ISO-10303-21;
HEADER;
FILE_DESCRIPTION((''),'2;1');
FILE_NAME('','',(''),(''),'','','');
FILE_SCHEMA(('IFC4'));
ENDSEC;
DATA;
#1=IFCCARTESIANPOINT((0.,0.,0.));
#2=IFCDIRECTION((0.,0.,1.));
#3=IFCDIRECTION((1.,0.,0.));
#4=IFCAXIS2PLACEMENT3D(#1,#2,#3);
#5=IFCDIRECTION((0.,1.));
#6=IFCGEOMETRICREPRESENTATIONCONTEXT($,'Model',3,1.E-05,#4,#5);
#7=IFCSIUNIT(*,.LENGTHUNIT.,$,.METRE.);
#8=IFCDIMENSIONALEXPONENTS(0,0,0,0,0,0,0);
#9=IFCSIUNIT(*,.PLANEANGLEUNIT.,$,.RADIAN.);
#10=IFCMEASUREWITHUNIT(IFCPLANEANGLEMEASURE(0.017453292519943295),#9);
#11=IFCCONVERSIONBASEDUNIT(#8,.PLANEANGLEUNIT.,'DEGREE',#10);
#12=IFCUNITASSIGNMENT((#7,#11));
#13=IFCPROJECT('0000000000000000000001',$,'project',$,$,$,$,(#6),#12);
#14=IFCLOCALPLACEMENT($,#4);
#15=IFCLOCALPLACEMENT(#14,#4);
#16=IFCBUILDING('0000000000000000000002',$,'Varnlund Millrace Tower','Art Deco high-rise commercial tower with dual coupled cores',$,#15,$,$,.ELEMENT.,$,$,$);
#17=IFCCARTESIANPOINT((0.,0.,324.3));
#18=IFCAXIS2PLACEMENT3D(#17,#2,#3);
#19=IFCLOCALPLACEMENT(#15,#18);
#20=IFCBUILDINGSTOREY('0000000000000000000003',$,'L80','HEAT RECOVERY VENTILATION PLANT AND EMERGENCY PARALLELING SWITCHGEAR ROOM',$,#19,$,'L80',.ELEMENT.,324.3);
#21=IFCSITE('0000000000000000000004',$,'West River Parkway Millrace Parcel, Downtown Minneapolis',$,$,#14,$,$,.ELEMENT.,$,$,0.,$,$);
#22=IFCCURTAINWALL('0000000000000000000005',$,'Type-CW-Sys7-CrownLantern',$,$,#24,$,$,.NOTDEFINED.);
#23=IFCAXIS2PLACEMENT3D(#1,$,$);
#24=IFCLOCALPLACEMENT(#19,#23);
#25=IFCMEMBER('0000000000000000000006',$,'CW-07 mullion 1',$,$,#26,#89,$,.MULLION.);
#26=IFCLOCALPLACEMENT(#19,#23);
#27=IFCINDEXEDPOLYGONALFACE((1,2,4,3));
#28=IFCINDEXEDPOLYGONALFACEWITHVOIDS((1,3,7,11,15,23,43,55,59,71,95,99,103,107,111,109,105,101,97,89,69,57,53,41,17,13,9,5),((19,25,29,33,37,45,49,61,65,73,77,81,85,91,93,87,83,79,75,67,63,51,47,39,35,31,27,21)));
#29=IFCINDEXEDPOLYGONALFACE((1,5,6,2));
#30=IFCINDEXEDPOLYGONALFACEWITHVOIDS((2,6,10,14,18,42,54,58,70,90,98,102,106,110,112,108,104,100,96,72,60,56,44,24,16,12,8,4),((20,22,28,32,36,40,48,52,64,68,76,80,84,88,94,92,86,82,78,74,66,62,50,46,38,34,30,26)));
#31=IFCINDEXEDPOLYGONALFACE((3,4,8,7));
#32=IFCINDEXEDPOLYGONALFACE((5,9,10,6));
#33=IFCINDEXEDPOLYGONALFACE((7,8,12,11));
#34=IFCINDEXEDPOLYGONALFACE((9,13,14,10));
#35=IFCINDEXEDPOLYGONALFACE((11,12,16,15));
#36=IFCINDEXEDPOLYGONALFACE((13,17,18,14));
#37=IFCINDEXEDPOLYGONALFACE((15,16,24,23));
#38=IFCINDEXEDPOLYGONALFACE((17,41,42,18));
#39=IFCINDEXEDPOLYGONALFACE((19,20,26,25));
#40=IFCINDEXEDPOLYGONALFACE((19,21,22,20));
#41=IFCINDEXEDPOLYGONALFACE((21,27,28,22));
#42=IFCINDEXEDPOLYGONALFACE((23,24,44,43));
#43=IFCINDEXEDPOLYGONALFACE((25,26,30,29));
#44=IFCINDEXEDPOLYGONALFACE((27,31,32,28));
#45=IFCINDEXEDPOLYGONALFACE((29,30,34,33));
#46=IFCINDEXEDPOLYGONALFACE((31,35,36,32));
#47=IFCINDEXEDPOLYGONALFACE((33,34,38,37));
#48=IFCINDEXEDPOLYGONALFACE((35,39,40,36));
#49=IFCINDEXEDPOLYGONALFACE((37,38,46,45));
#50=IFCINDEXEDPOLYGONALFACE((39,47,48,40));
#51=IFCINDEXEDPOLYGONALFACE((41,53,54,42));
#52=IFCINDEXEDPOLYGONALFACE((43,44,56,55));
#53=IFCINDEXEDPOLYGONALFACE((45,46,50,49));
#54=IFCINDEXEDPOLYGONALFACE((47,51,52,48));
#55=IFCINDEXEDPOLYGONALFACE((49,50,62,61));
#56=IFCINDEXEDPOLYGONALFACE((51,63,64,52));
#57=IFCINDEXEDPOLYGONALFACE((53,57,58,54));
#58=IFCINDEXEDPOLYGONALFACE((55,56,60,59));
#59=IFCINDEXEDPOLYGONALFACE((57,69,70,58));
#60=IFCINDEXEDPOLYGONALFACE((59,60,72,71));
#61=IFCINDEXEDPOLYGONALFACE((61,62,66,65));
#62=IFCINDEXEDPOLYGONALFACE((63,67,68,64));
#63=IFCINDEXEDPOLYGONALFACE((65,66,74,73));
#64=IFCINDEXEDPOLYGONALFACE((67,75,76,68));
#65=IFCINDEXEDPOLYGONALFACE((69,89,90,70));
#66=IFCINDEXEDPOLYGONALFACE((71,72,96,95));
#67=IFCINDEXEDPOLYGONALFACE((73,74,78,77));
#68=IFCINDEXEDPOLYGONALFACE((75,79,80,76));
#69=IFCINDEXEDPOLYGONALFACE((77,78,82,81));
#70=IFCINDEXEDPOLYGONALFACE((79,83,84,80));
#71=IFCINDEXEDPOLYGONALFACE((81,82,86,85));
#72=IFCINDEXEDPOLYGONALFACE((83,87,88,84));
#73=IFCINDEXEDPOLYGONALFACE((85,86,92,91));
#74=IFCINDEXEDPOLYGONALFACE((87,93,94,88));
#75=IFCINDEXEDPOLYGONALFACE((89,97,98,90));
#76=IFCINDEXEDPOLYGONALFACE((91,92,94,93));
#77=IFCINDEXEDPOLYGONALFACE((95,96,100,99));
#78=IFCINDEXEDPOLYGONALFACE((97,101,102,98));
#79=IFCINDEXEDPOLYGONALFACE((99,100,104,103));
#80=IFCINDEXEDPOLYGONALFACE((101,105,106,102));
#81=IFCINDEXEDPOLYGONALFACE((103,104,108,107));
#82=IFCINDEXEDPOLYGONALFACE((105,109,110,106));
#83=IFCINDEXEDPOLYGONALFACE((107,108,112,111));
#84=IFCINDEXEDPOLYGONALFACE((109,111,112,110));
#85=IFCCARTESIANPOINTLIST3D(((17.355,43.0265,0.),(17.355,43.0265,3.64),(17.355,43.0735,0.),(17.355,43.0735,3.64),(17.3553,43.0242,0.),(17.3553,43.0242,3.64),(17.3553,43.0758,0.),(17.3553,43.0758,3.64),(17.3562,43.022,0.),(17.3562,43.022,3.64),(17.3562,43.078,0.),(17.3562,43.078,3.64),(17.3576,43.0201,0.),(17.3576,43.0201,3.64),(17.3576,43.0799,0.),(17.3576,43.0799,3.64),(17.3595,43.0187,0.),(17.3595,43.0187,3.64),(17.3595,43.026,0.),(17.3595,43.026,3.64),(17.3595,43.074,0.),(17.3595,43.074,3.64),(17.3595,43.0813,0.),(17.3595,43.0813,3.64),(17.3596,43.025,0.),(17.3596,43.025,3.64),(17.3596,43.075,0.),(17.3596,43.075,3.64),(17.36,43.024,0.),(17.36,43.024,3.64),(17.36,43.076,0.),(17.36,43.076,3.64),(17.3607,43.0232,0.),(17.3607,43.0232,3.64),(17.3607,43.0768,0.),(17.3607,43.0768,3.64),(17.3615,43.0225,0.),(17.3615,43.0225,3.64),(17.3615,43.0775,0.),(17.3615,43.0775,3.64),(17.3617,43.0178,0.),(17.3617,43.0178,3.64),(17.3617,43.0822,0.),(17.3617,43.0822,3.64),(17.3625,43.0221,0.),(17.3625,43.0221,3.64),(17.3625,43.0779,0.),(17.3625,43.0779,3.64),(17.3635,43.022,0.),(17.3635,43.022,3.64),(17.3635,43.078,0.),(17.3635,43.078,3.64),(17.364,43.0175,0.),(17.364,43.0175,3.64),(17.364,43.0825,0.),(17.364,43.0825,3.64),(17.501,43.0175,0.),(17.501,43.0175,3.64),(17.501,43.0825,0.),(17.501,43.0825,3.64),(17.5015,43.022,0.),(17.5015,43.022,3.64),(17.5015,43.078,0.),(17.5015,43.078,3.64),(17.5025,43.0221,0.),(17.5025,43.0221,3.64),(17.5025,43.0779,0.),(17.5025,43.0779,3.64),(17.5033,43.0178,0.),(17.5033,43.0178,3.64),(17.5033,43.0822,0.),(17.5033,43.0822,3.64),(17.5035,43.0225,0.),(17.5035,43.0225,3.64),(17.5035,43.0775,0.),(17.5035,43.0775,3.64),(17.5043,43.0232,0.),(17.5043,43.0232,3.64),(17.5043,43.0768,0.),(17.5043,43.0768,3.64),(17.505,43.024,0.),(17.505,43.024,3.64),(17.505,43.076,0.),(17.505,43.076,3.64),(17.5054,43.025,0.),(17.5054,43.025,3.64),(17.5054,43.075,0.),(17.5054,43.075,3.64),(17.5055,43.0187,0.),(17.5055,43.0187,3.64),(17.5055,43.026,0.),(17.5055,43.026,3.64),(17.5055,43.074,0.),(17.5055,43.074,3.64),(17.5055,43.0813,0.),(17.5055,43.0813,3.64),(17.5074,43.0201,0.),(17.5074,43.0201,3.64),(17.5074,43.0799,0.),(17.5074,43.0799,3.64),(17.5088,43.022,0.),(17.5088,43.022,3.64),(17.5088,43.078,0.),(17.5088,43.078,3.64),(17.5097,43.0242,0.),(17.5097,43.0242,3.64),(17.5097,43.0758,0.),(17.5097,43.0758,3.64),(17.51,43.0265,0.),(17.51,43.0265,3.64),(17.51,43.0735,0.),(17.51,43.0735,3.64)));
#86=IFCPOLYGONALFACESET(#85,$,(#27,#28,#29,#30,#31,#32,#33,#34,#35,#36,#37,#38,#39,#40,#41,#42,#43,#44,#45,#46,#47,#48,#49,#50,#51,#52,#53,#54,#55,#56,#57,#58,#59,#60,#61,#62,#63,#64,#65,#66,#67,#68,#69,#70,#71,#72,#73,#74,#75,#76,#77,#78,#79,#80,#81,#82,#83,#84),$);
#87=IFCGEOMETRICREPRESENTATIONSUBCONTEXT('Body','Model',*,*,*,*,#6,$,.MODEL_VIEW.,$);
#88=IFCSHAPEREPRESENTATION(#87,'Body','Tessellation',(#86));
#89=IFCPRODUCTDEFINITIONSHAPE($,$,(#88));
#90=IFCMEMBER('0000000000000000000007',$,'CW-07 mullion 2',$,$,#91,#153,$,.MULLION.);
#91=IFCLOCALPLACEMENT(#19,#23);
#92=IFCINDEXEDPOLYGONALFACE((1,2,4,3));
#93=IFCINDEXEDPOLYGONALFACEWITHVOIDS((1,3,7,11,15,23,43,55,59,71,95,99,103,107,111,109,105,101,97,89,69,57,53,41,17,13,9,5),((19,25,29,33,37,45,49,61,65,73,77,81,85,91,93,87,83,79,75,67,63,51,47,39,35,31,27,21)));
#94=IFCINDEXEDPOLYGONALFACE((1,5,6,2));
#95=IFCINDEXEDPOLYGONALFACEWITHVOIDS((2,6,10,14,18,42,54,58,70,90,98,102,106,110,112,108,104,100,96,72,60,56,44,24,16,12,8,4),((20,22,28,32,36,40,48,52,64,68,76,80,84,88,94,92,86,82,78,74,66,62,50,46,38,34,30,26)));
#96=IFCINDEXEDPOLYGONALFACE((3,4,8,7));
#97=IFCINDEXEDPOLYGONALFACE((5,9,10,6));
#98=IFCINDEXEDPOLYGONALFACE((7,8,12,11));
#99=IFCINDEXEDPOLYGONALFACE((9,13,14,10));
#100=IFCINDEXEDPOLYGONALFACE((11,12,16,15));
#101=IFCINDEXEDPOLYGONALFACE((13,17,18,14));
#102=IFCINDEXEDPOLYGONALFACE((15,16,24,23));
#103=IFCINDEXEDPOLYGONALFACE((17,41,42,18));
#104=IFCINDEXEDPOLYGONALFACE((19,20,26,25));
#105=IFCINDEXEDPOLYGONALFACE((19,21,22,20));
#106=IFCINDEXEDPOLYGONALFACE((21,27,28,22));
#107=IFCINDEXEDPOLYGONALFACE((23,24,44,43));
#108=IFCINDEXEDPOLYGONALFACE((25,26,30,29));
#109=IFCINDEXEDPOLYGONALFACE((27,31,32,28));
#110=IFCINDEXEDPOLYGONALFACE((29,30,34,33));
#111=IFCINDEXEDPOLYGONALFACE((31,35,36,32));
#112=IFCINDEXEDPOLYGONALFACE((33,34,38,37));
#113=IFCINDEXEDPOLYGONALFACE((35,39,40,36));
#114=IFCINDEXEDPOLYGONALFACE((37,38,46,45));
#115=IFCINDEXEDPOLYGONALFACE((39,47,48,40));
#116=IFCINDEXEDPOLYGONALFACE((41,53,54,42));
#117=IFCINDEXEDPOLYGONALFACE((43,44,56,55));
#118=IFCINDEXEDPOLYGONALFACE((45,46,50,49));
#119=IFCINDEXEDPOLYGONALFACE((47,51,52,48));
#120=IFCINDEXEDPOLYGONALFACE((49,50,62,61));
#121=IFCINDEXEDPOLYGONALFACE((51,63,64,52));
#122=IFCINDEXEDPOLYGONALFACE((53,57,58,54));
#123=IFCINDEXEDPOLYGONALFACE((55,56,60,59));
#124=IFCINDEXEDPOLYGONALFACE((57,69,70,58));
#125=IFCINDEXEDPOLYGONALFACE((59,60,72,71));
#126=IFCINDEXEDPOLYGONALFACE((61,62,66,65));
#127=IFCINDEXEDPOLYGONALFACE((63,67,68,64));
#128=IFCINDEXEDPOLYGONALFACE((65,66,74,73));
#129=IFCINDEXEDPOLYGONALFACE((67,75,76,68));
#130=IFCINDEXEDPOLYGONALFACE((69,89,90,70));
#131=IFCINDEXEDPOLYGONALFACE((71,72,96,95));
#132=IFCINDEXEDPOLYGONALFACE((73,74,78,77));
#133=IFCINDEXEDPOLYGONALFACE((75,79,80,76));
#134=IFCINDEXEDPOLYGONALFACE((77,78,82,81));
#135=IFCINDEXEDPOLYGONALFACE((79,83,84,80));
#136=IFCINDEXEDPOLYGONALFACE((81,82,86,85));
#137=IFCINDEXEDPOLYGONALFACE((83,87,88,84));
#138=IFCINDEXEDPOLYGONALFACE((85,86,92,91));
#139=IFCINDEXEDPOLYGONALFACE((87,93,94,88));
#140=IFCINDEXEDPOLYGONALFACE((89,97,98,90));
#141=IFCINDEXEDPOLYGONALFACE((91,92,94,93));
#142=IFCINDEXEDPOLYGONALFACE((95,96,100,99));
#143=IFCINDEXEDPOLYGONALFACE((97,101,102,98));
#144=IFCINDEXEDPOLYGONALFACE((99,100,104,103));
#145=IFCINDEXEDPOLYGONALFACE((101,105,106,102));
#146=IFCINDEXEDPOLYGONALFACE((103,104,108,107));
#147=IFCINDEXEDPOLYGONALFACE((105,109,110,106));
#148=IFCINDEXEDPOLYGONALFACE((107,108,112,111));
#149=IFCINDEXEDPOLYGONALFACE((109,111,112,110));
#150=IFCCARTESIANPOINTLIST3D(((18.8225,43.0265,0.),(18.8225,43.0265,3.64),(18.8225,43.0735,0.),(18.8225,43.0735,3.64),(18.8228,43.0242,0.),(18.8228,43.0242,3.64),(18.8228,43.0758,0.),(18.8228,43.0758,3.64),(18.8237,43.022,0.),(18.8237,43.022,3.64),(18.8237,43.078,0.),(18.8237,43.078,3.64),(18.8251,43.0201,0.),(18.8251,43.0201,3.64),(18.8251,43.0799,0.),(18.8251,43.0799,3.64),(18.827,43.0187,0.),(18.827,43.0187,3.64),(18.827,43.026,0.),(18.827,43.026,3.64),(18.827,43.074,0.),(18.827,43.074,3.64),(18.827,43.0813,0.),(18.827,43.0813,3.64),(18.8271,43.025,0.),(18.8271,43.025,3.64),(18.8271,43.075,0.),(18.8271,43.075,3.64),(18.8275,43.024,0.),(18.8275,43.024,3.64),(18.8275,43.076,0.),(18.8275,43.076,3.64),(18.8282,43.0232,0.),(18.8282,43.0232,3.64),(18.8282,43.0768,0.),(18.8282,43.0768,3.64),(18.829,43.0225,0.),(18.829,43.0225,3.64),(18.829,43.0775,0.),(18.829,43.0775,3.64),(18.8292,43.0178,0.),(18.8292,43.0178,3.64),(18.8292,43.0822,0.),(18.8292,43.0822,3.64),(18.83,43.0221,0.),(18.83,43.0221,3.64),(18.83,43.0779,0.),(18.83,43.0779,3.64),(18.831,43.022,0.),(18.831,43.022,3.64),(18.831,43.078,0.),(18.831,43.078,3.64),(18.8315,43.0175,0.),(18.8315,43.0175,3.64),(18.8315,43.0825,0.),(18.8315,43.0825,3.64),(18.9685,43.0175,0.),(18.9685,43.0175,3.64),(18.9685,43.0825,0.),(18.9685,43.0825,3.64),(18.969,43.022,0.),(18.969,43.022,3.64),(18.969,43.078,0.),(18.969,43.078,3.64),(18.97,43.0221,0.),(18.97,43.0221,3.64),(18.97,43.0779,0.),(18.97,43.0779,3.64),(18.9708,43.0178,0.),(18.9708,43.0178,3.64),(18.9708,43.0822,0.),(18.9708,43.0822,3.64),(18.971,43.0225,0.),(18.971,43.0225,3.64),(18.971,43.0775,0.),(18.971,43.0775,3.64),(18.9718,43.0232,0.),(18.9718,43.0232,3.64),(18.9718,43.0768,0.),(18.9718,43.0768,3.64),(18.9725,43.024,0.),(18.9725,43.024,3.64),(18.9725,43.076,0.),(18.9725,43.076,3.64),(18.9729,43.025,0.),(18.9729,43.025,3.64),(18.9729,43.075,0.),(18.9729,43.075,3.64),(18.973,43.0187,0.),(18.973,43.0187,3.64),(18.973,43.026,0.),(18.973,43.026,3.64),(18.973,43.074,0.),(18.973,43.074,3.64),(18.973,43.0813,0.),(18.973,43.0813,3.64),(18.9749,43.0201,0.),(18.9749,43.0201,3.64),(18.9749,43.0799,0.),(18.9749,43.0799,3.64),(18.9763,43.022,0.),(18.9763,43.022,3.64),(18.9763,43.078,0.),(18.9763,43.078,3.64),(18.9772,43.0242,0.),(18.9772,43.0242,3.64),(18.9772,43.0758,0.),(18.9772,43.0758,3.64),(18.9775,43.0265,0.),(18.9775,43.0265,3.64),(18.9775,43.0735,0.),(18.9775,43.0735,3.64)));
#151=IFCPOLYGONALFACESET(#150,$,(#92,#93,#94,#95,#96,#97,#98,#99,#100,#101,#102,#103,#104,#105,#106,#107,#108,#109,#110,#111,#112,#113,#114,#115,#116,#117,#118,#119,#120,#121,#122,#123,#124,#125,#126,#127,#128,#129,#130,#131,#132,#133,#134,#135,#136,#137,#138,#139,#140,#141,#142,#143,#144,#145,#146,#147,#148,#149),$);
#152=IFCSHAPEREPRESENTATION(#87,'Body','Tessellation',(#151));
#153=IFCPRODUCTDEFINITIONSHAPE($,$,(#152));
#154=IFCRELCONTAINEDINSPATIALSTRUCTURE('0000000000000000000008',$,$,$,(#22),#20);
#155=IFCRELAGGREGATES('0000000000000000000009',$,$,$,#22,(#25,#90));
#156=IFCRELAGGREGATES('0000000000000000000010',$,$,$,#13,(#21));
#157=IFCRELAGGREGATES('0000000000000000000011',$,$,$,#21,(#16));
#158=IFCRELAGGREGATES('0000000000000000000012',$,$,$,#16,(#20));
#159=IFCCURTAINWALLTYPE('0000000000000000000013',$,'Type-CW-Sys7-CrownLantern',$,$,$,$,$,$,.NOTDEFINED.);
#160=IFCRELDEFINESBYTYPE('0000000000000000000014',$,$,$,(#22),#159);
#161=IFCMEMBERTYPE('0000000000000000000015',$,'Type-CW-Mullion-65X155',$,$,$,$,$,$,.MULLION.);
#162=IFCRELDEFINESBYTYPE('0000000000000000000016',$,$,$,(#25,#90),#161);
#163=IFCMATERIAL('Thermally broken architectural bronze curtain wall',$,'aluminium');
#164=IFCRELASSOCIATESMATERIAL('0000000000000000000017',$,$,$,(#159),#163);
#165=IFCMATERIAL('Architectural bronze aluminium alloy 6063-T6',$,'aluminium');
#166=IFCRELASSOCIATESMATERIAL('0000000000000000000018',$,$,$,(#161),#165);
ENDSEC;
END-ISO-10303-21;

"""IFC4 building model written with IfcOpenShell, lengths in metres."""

from ifc_helpers import new_model, entity, si_unit, converted_unit, direction, frame, origin_with_axes, origin_2d_with_axis, place, context, subcontext, project, spatial, hollow_rectangle, extrude, material, material_profile, profile_set, type_object, element, aggregate, save


model = new_model("IFC4")

# Units and contexts
model_context = context("Model", 3, precision=1e-05, world=origin_with_axes(), true_north=direction((0.0, 1.0)))
body_context = subcontext(model_context, "Body", "Model", "MODEL_VIEW")
ifc_project = project(units=[si_unit("LENGTHUNIT", "METRE"), converted_unit("PLANEANGLEUNIT", "DEGREE", entity("IfcPlaneAngleMeasure", 0.017453292519943295), si_unit("PLANEANGLEUNIT", "RADIAN"), dimensions=[0, 0, 0, 0, 0, 0, 0])], contexts=[model_context])

# Site, building, storey
site_placement = place(None, origin_with_axes())
site = spatial("IfcSite", under=ifc_project, at=site_placement, Name="West River Parkway Millrace Parcel, Downtown Minneapolis", CompositionType="ELEMENT", RefElevation=0.0)
building_placement = place(site_placement, origin_with_axes())
building = spatial("IfcBuilding", under=site, at=building_placement, Name="Varnlund Millrace Tower", Description="Art Deco high-rise commercial tower with dual coupled cores", CompositionType="ELEMENT")
storey_placement = place(building_placement, frame((0.0, 0.0, 324.3), z_axis=(0.0, 0.0, 1.0), x_axis=(1.0, 0.0, 0.0)))
storey = spatial("IfcBuildingStorey", under=building, at=storey_placement, Name="L80", Description="HEAT RECOVERY VENTILATION PLANT AND EMERGENCY PARALLELING SWITCHGEAR ROOM", LongName="L80", CompositionType="ELEMENT", Elevation=324.3)

# Curtain wall, members
ifc_material_1 = material(Name="Thermally broken architectural bronze curtain wall", Category="aluminium")
curtain_wall_type = type_object("IfcCurtainWallType", Name="Type-CW-Sys7-CrownLantern", PredefinedType="NOTDEFINED", material=ifc_material_1)
ifc_material_2 = material(Name="Architectural bronze aluminium alloy 6063-T6", Category="aluminium")
ifc_material_profile_1 = material_profile(ifc_material_2, hollow_rectangle(XDim=0.065, YDim=0.155, WallThickness=0.0045, InnerFilletRadius=0.004, OuterFilletRadius=0.009, at=origin_2d_with_axis()), Name="Architectural bronze aluminium alloy 6063-T6")
ifc_profile_set_1 = profile_set([ifc_material_profile_1], Name="Architectural bronze aluminium alloy 6063-T6")
member_type = type_object("IfcMemberType", Name="Type-CW-Mullion-65X155", PredefinedType="MULLION", material=ifc_profile_set_1)
curtain_wall_1_placement = place(storey_placement, frame((17.4, 43.05, 0.0), z_axis=(0.0, 0.0, 1.0), x_axis=(1.0, 0.0, 0.0)))
curtain_wall_1 = element("IfcCurtainWall", 1, at=curtain_wall_1_placement, inside=storey, type_object=curtain_wall_type, Name="Type-CW-Sys7-CrownLantern", PredefinedType="NOTDEFINED")
member_1_placement = place(storey_placement, frame((17.4325, 43.05, 0.0), z_axis=(0.0, 0.0, 1.0), x_axis=(0.0, 1.0, 0.0)))
member_1 = element("IfcMember", 2, at=member_1_placement, type_object=member_type, Name="CW-07 mullion 1", PredefinedType="MULLION", context=body_context, shape_type="SweptSolid", body=[
    extrude(hollow_rectangle(XDim=0.065, YDim=0.155, WallThickness=0.0045, InnerFilletRadius=0.004, OuterFilletRadius=0.009, at=origin_2d_with_axis()), origin_with_axes(), (0.0, 0.0, 1.0), 3.64),
])
member_2_placement = place(storey_placement, frame((18.9, 43.05, 0.0), z_axis=(0.0, 0.0, 1.0), x_axis=(0.0, 1.0, 0.0)))
member_2 = element("IfcMember", 3, at=member_2_placement, type_object=member_type, Name="CW-07 mullion 2", PredefinedType="MULLION", context=body_context, shape_type="SweptSolid", body=[
    extrude(hollow_rectangle(XDim=0.065, YDim=0.155, WallThickness=0.0045, InnerFilletRadius=0.004, OuterFilletRadius=0.009, at=origin_2d_with_axis()), origin_with_axes(), (0.0, 0.0, 1.0), 3.64),
])
aggregate(curtain_wall_1, [member_1, member_2])

save(model, "model.ifc")
